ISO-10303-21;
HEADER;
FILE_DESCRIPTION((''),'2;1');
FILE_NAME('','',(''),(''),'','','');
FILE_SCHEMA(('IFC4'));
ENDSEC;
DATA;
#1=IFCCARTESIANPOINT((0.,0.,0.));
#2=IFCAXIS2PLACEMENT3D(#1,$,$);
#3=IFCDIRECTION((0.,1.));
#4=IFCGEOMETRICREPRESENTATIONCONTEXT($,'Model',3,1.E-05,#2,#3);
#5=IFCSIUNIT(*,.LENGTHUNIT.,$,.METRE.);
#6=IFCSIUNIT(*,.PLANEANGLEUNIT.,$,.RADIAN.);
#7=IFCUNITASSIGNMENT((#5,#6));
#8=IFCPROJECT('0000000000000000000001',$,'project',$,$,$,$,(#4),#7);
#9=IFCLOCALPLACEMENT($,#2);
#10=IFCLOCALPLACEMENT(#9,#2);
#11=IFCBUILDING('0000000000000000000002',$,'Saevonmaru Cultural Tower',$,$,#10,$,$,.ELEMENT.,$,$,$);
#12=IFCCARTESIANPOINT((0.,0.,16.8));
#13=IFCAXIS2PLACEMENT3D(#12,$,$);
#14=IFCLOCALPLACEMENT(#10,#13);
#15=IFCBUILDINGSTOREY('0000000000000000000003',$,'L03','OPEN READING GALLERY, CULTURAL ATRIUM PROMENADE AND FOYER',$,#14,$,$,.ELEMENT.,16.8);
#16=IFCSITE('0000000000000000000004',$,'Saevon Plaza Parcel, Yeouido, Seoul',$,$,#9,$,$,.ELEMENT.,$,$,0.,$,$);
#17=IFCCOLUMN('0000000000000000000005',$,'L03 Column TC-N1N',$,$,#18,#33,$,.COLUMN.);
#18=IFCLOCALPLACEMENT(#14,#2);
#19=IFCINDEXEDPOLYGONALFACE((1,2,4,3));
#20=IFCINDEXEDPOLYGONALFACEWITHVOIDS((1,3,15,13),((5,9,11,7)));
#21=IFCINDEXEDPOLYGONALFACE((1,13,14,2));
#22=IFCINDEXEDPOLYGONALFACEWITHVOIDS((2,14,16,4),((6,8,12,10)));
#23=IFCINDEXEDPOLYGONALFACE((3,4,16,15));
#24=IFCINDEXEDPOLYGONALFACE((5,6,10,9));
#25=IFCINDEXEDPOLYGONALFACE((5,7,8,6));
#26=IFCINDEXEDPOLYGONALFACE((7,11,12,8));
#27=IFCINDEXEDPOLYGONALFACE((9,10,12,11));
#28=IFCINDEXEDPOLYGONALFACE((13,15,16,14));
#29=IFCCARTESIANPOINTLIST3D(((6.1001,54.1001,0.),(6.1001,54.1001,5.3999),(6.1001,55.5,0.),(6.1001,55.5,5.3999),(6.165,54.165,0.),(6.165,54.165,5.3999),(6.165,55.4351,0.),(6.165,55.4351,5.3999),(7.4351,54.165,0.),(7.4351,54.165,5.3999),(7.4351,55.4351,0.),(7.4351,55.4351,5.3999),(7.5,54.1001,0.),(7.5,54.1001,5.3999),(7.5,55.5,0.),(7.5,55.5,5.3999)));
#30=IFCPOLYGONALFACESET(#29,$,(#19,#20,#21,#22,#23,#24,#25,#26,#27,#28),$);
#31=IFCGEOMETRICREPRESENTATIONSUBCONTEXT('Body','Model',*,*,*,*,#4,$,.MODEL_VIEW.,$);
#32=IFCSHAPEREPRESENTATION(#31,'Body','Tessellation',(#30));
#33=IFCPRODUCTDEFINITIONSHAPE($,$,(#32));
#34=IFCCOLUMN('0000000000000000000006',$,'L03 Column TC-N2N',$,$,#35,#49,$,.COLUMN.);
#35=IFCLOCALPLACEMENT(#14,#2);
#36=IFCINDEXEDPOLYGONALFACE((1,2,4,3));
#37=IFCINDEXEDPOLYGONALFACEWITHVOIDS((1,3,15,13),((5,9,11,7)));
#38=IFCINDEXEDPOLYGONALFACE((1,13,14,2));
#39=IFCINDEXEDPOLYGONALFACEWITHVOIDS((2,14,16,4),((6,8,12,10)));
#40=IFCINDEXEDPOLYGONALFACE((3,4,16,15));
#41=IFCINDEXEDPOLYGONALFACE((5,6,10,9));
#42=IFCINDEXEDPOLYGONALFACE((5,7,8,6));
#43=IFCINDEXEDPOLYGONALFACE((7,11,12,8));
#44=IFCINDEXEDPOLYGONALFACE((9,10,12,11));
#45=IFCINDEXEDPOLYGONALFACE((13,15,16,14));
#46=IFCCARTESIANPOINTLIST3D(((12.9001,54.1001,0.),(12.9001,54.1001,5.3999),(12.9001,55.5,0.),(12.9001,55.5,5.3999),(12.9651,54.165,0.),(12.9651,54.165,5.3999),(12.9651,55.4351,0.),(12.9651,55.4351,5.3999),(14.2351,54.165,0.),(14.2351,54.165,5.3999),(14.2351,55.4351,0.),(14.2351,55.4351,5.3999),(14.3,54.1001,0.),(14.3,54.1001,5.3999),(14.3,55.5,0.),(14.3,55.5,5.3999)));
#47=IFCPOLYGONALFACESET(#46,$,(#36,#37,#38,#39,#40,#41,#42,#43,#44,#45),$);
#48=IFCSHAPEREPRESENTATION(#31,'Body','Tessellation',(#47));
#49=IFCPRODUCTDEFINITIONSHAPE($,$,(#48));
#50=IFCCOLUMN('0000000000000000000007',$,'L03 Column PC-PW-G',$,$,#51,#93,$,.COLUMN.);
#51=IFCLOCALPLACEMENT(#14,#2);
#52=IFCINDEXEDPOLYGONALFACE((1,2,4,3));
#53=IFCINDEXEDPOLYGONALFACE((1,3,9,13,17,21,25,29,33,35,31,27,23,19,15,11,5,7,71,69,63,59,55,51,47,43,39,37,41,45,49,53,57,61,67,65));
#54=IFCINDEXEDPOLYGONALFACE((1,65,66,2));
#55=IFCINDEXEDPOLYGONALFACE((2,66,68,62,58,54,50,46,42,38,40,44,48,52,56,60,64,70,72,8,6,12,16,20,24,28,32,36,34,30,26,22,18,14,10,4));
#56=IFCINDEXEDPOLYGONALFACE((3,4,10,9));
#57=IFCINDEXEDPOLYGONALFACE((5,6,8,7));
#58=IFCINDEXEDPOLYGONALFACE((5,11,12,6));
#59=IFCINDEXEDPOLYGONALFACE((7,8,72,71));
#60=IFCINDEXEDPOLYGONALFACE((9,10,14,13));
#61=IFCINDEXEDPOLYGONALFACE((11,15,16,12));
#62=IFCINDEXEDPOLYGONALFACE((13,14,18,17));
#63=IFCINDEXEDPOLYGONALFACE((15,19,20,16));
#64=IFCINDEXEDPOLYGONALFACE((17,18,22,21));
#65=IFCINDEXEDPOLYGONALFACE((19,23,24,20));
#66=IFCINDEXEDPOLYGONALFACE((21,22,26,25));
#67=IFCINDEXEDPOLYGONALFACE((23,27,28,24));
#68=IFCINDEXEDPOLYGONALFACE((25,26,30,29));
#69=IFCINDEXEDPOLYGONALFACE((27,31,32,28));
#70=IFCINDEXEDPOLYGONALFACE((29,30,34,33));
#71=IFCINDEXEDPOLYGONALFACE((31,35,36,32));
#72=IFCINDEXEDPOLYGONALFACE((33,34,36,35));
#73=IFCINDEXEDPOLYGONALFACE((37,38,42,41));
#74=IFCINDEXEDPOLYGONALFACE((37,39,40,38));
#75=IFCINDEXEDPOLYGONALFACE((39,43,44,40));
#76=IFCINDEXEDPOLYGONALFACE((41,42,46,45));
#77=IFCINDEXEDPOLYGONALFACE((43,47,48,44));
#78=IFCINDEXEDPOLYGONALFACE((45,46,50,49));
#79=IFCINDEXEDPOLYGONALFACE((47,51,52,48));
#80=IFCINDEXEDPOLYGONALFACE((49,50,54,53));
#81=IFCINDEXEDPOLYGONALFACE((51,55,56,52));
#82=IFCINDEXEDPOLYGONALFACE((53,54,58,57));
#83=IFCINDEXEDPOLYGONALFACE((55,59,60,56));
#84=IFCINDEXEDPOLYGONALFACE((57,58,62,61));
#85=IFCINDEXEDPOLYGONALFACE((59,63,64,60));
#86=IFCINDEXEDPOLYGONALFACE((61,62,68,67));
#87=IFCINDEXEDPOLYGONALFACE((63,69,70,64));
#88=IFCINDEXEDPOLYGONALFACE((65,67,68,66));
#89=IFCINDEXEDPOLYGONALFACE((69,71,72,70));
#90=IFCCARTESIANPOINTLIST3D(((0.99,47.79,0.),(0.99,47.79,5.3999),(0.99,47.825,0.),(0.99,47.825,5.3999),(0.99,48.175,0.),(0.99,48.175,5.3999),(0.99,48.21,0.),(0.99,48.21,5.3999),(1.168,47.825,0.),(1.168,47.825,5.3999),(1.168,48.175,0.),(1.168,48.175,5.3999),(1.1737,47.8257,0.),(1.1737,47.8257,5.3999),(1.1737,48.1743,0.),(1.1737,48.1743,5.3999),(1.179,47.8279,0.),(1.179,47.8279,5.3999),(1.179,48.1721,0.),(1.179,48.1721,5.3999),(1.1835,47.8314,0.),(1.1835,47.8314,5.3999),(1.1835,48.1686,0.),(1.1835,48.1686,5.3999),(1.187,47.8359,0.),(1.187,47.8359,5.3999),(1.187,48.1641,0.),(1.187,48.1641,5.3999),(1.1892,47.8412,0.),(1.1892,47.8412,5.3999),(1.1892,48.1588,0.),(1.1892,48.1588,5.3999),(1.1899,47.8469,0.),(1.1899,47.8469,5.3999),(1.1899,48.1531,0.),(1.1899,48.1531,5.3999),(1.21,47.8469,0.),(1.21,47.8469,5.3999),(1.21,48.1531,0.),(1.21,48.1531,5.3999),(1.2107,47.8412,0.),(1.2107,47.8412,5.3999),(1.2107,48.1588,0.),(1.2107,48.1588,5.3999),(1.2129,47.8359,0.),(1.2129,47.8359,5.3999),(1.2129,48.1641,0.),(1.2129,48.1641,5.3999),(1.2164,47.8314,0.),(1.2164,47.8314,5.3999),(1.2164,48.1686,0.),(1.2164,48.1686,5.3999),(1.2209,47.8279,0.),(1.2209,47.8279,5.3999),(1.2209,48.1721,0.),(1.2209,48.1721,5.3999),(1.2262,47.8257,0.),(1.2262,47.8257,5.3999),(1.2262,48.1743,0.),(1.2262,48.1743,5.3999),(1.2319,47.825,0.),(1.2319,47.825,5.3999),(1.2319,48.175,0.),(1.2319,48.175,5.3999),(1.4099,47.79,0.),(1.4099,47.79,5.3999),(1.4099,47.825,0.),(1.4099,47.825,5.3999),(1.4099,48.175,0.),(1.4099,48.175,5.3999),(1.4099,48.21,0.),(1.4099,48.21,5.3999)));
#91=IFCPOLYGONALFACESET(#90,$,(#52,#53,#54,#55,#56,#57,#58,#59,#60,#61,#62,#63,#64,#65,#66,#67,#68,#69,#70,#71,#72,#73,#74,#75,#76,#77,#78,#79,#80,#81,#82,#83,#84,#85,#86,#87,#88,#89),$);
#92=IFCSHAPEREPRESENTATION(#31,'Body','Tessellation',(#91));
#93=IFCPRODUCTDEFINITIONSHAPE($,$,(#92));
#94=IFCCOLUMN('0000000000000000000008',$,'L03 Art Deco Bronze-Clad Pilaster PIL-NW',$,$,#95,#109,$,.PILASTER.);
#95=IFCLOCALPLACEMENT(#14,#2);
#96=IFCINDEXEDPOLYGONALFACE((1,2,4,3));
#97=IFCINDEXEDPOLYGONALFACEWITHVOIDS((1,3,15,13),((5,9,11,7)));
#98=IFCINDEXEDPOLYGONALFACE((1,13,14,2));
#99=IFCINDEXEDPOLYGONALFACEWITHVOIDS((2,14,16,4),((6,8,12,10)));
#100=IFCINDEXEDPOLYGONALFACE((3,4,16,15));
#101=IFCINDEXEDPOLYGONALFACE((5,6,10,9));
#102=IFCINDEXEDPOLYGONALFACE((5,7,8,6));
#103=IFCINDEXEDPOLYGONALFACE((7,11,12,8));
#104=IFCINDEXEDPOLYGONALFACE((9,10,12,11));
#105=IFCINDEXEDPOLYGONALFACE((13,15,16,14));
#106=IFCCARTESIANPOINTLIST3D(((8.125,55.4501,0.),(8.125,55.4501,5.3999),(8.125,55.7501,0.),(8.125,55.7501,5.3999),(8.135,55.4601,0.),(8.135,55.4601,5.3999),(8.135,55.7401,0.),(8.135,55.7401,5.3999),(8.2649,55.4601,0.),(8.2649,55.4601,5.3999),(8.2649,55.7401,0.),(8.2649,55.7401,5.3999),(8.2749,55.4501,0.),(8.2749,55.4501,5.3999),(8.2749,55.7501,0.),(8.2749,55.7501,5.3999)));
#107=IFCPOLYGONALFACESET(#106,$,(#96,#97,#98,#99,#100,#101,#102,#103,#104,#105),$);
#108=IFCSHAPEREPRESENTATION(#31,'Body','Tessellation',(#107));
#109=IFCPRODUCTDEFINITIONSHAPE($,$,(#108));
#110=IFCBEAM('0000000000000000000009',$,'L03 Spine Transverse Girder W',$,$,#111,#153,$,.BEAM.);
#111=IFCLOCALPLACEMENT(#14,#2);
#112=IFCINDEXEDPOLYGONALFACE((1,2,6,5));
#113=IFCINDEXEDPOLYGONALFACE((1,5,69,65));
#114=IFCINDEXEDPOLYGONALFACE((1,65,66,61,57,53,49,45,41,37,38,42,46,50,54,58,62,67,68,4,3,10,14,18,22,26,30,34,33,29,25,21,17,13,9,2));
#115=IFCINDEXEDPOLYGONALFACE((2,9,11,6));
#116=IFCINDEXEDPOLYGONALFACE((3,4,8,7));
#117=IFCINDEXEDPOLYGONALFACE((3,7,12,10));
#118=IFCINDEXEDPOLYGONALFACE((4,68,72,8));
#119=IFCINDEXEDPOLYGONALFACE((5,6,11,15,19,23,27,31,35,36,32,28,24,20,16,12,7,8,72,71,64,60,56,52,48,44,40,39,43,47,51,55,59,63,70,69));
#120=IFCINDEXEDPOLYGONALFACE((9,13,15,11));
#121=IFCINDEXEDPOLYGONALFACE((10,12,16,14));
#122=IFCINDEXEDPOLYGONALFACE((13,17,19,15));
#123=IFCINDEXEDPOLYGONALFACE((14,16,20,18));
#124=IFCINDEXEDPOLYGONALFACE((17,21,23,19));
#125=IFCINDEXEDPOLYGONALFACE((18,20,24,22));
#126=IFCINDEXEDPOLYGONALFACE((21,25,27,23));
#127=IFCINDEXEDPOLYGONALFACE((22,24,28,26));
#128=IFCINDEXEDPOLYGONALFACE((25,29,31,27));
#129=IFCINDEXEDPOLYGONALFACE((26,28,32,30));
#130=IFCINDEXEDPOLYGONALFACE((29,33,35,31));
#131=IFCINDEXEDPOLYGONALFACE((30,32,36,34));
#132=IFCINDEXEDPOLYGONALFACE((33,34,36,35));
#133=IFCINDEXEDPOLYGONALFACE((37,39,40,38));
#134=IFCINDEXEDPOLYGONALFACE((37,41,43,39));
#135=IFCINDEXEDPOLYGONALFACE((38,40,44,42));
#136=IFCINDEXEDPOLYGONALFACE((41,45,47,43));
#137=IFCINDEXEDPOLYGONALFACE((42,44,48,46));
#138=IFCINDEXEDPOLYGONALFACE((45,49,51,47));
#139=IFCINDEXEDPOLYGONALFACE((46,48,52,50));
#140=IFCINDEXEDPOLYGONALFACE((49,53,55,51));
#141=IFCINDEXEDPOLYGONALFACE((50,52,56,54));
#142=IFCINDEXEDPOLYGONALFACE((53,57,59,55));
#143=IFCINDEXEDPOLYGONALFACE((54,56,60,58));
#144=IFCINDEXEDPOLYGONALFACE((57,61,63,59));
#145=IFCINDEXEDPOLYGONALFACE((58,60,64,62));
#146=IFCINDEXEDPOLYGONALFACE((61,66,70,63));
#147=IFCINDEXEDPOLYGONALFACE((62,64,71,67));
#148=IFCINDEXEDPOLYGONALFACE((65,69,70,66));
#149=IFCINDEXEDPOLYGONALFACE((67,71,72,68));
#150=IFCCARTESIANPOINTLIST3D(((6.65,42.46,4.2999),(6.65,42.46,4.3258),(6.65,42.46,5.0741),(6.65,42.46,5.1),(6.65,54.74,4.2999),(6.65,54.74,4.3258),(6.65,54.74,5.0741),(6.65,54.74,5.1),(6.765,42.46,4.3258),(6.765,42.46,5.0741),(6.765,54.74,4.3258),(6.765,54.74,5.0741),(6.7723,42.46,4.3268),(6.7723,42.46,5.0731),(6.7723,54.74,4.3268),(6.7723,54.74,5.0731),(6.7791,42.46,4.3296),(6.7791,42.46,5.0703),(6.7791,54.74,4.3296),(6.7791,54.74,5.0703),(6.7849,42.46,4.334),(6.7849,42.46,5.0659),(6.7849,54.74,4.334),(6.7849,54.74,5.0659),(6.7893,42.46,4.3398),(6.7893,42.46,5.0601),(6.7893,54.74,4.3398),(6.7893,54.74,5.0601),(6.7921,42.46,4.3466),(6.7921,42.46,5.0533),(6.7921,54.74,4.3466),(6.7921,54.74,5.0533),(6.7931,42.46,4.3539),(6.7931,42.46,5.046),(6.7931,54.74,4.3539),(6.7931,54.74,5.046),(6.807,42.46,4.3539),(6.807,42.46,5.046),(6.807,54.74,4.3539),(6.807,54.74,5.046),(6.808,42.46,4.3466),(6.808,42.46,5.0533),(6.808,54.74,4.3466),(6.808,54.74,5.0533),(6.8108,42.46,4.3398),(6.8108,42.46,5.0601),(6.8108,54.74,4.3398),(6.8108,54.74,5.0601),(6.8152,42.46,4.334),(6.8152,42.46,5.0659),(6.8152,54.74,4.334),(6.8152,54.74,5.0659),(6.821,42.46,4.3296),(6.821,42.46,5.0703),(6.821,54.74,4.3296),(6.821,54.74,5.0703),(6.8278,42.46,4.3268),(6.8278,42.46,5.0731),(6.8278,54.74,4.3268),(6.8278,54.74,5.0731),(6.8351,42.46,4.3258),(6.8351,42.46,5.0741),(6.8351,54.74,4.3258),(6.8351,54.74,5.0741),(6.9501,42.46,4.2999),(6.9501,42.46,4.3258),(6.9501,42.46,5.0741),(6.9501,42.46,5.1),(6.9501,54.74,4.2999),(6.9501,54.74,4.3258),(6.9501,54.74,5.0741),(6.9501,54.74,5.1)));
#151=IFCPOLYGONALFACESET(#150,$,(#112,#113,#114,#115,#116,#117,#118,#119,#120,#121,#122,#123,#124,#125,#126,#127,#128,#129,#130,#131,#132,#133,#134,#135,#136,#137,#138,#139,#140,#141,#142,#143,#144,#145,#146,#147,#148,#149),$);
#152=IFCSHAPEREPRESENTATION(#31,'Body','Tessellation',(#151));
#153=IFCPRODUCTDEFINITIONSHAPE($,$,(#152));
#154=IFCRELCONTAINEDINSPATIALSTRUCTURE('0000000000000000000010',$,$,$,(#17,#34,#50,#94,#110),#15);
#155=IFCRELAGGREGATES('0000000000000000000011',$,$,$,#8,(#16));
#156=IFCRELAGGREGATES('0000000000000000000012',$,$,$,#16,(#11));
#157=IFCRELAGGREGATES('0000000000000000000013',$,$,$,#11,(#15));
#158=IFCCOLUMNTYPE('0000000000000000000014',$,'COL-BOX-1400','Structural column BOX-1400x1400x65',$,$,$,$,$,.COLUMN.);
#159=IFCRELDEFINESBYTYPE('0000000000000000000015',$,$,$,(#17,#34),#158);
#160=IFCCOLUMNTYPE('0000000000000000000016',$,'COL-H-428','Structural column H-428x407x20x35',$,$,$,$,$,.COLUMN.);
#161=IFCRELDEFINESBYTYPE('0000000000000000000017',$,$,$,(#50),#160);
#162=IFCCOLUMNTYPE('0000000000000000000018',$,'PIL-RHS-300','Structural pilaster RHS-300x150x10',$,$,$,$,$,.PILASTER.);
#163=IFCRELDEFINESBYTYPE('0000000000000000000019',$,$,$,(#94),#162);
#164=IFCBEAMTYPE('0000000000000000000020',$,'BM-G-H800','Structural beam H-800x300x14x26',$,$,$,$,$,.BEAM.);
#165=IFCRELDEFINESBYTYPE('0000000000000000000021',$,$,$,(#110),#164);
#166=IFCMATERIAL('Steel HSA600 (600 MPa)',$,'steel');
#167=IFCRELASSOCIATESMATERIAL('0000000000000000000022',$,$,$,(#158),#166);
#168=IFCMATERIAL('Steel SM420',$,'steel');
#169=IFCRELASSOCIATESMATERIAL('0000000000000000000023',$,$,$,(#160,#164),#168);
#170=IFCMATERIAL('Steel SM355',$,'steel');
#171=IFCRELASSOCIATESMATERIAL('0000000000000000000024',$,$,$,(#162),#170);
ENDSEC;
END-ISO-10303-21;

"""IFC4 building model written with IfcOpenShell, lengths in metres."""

from ifc_helpers import new_model, si_unit, direction, frame, origin, origin_2d, place, context, subcontext, project, spatial, hollow_rectangle, i_section, extrude, material, material_profile, profile_set, type_object, element, save


model = new_model("IFC4")

# Units and contexts
model_context = context("Model", 3, precision=1e-05, world=origin(), true_north=direction((0.0, 1.0)))
body_context = subcontext(model_context, "Body", "Model", "MODEL_VIEW")
ifc_project = project(units=[si_unit("LENGTHUNIT", "METRE"), si_unit("PLANEANGLEUNIT", "RADIAN")], contexts=[model_context])

# Site, building, storey
site_placement = place(None, origin())
site = spatial("IfcSite", under=ifc_project, at=site_placement, Name="Saevon Plaza Parcel, Yeouido, Seoul", CompositionType="ELEMENT", RefElevation=0.0)
building_placement = place(site_placement, origin())
building = spatial("IfcBuilding", under=site, at=building_placement, Name="Saevonmaru Cultural Tower", CompositionType="ELEMENT")
storey_placement = place(building_placement, frame((0.0, 0.0, 16.8)))
storey = spatial("IfcBuildingStorey", under=building, at=storey_placement, Name="L03", Description="OPEN READING GALLERY, CULTURAL ATRIUM PROMENADE AND FOYER", CompositionType="ELEMENT", Elevation=16.8)

# Columns
ifc_material_1 = material(Name="Steel HSA600 (600 MPa)", Category="steel")
ifc_material_profile_1 = material_profile(ifc_material_1, hollow_rectangle(XDim=1.3999, YDim=1.3999, WallThickness=0.0649, at=origin_2d()), Name="BOX-1400x1400x65")
ifc_profile_set_1 = profile_set([ifc_material_profile_1], Name="Steel HSA600 (600 MPa)")
column_type_1 = type_object("IfcColumnType", Name="COL-BOX-1400", Description="Structural column BOX-1400x1400x65", PredefinedType="COLUMN", material=ifc_profile_set_1)
for number, where, z_axis, x_axis, name in (
    (1, (6.8, 54.8, 0.0), (0.0, 0.0, 1.0), (1.0, 0.0, 0.0), "L03 Column TC-N1N"),
    (2, (13.6001, 54.8, 0.0), (0.0, 0.0, 1.0), (1.0, 0.0, 0.0), "L03 Column TC-N2N"),
):
    element("IfcColumn", number, at=place(storey_placement, frame(where, z_axis=z_axis, x_axis=x_axis)), inside=storey, type_object=column_type_1, Name=name, PredefinedType="COLUMN", context=body_context, shape_type="SweptSolid", body=[
        extrude(hollow_rectangle(XDim=1.3999, YDim=1.3999, WallThickness=0.0649, at=origin_2d()), origin(), (0.0, 0.0, 1.0), 5.3999),
    ])
ifc_material_2 = material(Name="Steel SM420", Category="steel")
ifc_material_profile_2 = material_profile(ifc_material_2, i_section(OverallWidth=0.4199, OverallDepth=0.4199, WebThickness=0.02, FlangeThickness=0.0349, FilletRadius=0.022, at=origin_2d()), Name="H-428x407x20x35")
ifc_profile_set_2 = profile_set([ifc_material_profile_2], Name="Steel SM420")
column_type_2 = type_object("IfcColumnType", Name="COL-H-428", Description="Structural column H-428x407x20x35", PredefinedType="COLUMN", material=ifc_profile_set_2)
column_1_placement = place(storey_placement, frame((1.2, 48.0, 0.0), z_axis=(0.0, 0.0, 1.0), x_axis=(1.0, 0.0, 0.0)))
element("IfcColumn", 3, at=column_1_placement, inside=storey, type_object=column_type_2, Name="L03 Column PC-PW-G", PredefinedType="COLUMN", context=body_context, shape_type="SweptSolid", body=[
    extrude(i_section(OverallWidth=0.4199, OverallDepth=0.4199, WebThickness=0.02, FlangeThickness=0.0349, FilletRadius=0.022, at=origin_2d()), origin(), (0.0, 0.0, 1.0), 5.3999),
])
ifc_material_3 = material(Name="Steel SM355", Category="steel")
ifc_material_profile_3 = material_profile(ifc_material_3, hollow_rectangle(XDim=0.1499, YDim=0.3, WallThickness=0.01, at=origin_2d()), Name="RHS-300x150x10")
ifc_profile_set_3 = profile_set([ifc_material_profile_3], Name="Steel SM355")
column_type_3 = type_object("IfcColumnType", Name="PIL-RHS-300", Description="Structural pilaster RHS-300x150x10", PredefinedType="PILASTER", material=ifc_profile_set_3)
column_2_placement = place(storey_placement, frame((8.2, 55.6001, 0.0), z_axis=(0.0, 0.0, 1.0), x_axis=(1.0, 0.0, 0.0)))
element("IfcColumn", 4, at=column_2_placement, inside=storey, type_object=column_type_3, Name="L03 Art Deco Bronze-Clad Pilaster PIL-NW", PredefinedType="PILASTER", context=body_context, shape_type="SweptSolid", body=[
    extrude(hollow_rectangle(XDim=0.1499, YDim=0.3, WallThickness=0.01, at=origin_2d()), origin(), (0.0, 0.0, 1.0), 5.3999),
])

# Beam
ifc_material_profile_4 = material_profile(ifc_material_2, i_section(OverallWidth=0.3, OverallDepth=0.8, WebThickness=0.0139, FlangeThickness=0.0259, FilletRadius=0.0281, at=origin_2d()), Name="H-800x300x14x26")
ifc_profile_set_4 = profile_set([ifc_material_profile_4], Name="Steel SM420")
beam_type_1 = type_object("IfcBeamType", Name="BM-G-H800", Description="Structural beam H-800x300x14x26", PredefinedType="BEAM", material=ifc_profile_set_4)
beam_1_placement = place(storey_placement, frame((6.8, 54.74, 4.7), z_axis=(0.0, -1.0, 0.0), x_axis=(1.0, 0.0, 0.0)))
element("IfcBeam", 5, at=beam_1_placement, inside=storey, type_object=beam_type_1, Name="L03 Spine Transverse Girder W", PredefinedType="BEAM", context=body_context, shape_type="SweptSolid", body=[
    extrude(i_section(OverallWidth=0.3, OverallDepth=0.8, WebThickness=0.0139, FlangeThickness=0.0259, FilletRadius=0.0281, at=origin_2d()), origin(), (0.0, 0.0, 1.0), 12.28),
])

save(model, "model.ifc")
